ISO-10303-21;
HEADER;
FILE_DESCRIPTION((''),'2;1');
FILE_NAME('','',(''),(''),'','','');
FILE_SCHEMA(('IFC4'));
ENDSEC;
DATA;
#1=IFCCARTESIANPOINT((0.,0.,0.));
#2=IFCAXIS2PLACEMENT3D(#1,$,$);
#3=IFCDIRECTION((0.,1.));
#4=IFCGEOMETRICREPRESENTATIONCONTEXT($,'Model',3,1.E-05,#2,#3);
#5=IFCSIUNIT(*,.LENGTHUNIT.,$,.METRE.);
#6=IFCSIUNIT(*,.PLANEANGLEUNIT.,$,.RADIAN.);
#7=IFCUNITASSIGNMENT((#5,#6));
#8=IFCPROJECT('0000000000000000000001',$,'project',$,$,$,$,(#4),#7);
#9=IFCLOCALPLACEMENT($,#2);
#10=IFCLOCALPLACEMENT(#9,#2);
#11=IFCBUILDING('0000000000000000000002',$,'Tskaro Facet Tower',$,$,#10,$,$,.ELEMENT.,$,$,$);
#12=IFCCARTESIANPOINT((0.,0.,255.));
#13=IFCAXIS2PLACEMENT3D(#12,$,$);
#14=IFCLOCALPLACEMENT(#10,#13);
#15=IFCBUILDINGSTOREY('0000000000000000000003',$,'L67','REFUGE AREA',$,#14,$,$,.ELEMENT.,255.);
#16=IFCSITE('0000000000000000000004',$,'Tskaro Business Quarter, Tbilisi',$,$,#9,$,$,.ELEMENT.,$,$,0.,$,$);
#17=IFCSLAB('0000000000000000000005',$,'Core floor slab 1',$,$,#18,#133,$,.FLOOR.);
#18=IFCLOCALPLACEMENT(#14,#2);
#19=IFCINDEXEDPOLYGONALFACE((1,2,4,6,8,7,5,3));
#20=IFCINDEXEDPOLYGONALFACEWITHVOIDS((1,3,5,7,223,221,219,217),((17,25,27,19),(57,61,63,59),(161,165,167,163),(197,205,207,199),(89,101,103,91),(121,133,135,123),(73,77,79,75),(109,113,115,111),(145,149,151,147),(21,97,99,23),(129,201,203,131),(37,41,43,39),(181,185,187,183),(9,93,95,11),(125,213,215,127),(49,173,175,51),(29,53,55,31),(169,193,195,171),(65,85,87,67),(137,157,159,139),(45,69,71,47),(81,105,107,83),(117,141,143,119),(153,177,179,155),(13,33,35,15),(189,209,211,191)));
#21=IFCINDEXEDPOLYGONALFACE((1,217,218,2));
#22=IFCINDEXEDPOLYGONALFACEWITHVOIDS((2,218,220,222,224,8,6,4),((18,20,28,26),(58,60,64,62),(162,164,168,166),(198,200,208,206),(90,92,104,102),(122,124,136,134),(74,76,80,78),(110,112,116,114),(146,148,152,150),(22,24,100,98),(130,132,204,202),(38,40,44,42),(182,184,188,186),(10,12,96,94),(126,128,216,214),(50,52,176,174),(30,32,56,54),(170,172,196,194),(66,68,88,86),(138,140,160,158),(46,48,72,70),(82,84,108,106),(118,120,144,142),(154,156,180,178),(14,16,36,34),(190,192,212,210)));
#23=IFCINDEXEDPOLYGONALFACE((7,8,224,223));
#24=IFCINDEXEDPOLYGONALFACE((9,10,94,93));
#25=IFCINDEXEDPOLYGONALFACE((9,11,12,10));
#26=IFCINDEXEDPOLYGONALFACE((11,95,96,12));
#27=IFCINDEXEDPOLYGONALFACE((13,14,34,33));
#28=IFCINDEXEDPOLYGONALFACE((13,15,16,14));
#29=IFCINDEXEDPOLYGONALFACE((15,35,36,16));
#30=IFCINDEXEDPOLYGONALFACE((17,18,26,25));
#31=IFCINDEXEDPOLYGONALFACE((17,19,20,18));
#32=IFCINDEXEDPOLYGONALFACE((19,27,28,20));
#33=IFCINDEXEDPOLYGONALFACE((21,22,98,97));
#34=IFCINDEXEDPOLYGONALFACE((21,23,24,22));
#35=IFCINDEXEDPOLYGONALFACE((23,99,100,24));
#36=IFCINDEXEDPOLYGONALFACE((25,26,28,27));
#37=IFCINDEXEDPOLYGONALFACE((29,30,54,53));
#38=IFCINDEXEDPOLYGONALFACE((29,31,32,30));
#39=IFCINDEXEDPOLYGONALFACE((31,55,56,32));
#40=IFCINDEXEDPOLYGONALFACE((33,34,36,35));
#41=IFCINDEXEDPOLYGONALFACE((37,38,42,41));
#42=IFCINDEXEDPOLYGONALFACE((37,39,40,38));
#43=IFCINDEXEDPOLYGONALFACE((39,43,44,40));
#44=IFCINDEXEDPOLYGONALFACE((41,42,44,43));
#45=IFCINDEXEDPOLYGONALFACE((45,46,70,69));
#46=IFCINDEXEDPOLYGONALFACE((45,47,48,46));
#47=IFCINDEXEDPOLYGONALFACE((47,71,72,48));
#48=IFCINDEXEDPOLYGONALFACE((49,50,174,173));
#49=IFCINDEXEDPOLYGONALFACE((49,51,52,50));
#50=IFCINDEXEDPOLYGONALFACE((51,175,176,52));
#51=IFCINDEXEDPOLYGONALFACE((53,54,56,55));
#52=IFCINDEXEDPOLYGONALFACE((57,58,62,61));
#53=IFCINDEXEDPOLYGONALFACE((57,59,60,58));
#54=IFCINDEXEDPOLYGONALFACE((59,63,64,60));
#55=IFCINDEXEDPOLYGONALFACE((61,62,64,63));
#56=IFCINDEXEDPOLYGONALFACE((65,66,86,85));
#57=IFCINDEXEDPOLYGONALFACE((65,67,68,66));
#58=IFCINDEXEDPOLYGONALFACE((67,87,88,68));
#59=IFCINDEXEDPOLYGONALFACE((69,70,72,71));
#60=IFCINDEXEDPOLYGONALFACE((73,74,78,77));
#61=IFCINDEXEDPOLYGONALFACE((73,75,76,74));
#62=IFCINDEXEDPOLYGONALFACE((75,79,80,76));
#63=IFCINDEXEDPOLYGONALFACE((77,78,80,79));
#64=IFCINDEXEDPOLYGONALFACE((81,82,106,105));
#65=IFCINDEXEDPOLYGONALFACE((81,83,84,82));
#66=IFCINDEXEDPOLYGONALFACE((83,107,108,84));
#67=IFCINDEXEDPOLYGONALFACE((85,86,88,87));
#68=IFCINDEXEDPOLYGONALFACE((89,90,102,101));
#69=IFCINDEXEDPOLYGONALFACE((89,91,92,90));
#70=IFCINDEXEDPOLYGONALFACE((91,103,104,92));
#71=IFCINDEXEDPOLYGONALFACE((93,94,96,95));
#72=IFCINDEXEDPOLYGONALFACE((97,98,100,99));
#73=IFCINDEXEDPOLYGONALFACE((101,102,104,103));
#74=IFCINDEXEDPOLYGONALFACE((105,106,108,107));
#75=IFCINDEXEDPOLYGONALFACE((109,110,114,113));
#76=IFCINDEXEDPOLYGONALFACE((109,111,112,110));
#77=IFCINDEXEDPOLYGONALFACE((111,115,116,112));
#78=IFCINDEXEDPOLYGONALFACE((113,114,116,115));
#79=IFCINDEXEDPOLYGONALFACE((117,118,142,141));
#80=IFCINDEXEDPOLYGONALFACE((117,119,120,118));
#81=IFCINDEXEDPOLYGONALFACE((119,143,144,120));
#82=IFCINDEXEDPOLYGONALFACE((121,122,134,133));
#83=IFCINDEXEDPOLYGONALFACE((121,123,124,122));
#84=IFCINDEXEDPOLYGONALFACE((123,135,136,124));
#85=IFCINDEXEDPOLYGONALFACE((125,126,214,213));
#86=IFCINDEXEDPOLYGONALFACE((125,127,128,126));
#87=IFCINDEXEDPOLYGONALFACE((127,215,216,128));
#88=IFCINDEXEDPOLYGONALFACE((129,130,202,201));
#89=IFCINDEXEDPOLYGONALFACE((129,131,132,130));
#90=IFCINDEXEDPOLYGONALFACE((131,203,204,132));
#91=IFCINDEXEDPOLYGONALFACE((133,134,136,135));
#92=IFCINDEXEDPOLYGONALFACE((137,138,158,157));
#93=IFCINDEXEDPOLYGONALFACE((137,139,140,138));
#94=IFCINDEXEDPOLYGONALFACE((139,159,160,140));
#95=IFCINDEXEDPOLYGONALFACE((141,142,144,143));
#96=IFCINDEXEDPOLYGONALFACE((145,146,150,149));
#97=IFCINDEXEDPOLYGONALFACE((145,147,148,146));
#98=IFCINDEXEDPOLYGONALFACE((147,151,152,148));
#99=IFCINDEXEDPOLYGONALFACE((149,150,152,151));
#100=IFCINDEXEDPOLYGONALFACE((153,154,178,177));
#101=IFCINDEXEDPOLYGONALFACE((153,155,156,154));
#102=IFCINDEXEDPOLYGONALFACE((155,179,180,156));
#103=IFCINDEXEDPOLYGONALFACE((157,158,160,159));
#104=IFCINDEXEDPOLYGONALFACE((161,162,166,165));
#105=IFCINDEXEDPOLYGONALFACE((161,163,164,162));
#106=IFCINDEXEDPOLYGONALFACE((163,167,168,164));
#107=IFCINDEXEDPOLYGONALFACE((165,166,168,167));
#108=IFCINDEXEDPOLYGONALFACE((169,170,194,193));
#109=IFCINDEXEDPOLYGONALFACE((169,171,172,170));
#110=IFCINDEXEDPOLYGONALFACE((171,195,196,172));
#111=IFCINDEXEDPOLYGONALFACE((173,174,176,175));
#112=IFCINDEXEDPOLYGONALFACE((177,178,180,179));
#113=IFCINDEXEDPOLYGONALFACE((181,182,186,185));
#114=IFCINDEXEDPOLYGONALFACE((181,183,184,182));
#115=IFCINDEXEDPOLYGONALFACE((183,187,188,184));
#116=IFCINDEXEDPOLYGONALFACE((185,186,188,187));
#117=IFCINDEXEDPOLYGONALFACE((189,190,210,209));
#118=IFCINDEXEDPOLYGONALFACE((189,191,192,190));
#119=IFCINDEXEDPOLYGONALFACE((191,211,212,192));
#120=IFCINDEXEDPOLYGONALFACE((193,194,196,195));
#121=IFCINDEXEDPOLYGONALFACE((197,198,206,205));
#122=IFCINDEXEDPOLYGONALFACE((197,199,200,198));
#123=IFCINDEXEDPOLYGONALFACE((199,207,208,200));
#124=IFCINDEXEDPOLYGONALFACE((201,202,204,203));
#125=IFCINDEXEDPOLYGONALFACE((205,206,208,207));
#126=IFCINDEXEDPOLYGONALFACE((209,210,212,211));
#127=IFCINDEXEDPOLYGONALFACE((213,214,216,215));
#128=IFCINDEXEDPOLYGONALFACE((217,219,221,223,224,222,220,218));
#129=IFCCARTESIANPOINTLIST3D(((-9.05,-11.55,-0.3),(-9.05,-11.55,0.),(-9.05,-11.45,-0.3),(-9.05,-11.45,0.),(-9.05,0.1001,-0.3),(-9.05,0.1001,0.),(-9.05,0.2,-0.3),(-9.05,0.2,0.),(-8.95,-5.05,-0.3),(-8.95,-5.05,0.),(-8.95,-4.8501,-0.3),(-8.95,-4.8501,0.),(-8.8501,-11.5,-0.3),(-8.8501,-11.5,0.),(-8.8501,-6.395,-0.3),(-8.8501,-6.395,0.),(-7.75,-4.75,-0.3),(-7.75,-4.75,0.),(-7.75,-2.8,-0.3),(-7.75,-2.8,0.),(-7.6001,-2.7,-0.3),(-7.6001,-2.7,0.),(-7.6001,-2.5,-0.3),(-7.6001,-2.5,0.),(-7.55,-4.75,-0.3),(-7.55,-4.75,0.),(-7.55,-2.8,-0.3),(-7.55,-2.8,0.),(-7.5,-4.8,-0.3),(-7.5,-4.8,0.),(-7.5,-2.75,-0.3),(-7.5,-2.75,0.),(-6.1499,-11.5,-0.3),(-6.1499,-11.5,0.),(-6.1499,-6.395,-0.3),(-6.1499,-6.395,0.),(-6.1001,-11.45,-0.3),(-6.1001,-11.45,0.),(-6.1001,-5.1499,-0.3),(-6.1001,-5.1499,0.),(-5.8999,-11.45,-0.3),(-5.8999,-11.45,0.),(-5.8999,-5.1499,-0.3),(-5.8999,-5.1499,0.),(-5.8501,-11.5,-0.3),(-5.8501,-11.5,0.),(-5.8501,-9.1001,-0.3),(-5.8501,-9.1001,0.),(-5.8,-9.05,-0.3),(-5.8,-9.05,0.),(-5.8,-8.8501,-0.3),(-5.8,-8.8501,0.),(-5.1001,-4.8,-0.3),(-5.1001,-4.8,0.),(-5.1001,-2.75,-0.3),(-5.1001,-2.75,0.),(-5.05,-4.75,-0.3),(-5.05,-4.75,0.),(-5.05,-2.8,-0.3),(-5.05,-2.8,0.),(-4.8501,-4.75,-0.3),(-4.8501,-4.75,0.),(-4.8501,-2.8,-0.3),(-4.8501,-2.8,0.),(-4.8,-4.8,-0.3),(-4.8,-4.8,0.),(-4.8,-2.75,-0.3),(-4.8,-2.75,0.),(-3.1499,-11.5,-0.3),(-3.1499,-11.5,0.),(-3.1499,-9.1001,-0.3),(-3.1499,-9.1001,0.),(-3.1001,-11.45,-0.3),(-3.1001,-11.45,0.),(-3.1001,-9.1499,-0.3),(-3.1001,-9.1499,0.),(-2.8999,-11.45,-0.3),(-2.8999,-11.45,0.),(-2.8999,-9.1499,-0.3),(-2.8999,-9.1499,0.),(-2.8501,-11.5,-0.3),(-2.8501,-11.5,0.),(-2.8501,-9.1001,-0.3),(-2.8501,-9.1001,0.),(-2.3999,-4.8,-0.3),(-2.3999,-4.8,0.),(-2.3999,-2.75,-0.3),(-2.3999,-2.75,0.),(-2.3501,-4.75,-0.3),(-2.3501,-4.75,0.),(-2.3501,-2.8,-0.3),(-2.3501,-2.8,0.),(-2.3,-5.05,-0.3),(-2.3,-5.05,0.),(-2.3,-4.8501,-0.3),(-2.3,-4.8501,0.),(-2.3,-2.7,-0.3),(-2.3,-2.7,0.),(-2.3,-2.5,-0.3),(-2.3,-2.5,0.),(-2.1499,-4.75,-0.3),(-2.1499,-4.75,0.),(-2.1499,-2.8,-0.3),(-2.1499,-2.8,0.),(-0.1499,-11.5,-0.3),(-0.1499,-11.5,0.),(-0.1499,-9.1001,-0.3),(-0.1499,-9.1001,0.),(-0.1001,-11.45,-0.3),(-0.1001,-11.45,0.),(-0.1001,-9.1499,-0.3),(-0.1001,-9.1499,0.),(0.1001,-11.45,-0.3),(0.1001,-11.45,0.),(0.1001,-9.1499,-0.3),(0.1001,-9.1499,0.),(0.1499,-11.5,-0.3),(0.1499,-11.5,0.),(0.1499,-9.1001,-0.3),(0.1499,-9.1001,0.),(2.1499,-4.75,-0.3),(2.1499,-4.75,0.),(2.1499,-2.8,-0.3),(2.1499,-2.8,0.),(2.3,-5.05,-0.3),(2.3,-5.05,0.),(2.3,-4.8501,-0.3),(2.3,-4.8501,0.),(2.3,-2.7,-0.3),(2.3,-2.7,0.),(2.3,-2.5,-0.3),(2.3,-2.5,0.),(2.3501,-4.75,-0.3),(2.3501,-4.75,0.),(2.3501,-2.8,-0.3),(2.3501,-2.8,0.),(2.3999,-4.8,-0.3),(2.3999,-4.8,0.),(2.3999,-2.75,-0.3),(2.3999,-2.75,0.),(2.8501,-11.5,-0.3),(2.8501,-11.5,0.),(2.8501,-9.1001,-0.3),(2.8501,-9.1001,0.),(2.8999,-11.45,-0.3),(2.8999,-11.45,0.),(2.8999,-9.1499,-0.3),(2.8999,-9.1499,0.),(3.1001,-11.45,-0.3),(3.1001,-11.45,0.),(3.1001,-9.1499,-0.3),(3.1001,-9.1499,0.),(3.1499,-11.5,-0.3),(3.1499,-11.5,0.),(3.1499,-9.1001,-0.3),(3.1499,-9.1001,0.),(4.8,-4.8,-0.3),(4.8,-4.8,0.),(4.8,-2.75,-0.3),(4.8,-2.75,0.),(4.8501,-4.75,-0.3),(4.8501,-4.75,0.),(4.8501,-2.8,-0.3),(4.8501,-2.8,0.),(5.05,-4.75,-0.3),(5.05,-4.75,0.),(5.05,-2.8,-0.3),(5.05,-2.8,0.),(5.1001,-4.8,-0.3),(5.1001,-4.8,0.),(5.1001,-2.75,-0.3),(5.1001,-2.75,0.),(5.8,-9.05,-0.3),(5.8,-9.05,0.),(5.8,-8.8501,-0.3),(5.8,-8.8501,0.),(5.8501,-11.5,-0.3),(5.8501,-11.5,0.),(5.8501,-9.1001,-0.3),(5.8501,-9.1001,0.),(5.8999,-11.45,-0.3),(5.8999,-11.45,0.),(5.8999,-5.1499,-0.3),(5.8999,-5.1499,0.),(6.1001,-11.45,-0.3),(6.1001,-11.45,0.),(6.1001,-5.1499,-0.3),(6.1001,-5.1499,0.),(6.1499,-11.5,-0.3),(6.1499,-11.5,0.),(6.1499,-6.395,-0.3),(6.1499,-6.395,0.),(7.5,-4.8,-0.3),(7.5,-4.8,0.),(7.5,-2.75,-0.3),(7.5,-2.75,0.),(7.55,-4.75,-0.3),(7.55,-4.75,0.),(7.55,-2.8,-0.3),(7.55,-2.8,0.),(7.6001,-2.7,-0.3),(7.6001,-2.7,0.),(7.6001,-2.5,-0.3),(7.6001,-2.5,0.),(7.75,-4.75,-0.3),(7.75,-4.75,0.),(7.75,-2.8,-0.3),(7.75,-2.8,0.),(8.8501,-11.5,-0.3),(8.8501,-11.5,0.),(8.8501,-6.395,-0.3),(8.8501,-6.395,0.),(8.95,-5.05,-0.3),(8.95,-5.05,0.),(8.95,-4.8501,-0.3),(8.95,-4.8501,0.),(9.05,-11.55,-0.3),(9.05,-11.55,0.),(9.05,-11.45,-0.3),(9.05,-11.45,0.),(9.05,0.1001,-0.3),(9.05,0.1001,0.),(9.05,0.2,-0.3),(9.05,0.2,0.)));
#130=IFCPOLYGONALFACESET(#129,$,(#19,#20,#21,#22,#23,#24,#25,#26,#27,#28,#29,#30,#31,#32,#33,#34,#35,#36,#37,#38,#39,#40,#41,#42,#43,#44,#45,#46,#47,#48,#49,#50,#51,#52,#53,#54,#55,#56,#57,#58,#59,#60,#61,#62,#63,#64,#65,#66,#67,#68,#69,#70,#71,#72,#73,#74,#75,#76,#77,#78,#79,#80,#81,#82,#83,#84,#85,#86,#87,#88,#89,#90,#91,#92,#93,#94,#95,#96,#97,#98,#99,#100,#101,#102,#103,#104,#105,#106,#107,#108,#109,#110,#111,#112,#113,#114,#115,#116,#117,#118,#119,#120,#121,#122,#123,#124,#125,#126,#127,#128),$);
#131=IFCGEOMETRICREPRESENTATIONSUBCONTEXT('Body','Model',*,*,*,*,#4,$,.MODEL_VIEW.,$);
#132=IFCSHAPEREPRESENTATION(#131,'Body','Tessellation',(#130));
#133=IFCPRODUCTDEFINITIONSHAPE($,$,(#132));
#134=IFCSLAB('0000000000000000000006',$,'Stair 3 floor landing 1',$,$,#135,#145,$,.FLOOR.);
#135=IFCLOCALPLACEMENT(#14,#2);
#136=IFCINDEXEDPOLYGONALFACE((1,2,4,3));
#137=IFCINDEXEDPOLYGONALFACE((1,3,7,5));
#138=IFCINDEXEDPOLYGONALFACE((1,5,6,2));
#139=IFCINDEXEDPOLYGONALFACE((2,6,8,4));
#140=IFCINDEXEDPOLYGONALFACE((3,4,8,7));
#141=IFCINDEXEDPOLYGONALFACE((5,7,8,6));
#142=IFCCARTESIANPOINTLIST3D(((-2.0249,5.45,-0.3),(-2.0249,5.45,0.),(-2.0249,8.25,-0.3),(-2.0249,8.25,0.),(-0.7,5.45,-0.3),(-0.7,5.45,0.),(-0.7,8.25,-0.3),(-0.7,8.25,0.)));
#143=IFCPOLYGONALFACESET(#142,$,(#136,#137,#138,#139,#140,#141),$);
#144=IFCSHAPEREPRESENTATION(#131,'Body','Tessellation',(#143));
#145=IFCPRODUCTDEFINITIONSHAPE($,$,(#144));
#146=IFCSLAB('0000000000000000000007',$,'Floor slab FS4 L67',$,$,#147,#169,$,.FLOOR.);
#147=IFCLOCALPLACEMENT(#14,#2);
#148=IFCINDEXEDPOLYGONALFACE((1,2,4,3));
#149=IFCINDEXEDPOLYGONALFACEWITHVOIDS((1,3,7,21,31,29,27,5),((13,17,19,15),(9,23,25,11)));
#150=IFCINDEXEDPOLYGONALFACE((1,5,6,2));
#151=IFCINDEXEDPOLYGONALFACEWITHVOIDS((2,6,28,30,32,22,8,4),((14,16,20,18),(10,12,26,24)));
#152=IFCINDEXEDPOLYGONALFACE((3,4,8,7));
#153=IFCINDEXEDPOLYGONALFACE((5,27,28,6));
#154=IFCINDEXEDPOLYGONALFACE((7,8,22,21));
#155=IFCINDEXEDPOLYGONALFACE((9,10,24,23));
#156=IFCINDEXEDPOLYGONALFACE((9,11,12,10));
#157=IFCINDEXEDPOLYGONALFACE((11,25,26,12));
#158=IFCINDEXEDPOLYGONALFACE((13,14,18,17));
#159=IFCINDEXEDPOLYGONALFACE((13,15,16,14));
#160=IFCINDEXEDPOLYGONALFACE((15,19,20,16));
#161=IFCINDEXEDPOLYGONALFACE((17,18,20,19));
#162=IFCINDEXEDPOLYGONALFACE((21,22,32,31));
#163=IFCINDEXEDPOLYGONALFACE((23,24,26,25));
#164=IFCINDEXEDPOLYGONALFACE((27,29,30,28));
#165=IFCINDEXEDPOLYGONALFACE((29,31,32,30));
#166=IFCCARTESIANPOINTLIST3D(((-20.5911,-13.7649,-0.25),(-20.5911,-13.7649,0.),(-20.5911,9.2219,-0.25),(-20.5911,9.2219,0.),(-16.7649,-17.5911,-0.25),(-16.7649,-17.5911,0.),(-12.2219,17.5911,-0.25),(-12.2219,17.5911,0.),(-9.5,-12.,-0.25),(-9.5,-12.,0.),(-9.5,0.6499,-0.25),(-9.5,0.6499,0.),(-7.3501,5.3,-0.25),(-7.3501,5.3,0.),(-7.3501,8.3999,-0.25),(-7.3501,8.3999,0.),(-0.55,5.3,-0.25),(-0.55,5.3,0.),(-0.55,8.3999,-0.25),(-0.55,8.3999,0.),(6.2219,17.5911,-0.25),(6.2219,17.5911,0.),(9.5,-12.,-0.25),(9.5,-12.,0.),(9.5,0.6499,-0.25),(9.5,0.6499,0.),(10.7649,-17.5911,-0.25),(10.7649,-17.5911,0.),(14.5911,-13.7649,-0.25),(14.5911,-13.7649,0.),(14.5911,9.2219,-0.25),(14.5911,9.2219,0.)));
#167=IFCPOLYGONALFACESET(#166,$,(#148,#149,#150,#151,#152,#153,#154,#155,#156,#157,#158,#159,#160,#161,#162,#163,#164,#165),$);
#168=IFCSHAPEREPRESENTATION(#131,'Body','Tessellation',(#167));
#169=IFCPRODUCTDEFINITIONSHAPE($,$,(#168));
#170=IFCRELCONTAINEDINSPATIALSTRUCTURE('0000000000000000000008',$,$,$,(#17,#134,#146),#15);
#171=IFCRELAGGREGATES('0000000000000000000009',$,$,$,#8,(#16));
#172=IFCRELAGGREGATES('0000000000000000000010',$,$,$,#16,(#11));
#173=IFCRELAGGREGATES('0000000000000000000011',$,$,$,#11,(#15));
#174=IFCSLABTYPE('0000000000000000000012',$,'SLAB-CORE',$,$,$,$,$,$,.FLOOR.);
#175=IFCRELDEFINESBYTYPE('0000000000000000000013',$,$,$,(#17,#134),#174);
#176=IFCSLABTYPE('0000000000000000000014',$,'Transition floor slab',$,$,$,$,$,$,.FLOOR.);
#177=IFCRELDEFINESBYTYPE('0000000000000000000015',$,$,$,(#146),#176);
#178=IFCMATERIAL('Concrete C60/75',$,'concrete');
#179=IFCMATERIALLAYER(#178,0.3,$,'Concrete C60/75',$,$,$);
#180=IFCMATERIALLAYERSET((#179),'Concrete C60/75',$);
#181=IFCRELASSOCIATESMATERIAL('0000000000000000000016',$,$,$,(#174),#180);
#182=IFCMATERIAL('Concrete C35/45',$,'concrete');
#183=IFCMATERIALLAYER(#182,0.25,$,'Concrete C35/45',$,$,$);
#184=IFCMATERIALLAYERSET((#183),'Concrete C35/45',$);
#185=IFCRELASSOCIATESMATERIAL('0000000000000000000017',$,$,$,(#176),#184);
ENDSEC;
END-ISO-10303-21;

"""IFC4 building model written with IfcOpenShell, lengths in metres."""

from ifc_helpers import new_model, si_unit, direction, frame, origin, place, context, subcontext, project, spatial, polyline, outline, extrude, material, layer, layer_set, type_object, element, save


model = new_model("IFC4")

# Units and contexts
model_context = context("Model", 3, precision=1e-05, world=origin(), true_north=direction((0.0, 1.0)))
body_context = subcontext(model_context, "Body", "Model", "MODEL_VIEW")
ifc_project = project(units=[si_unit("LENGTHUNIT", "METRE"), si_unit("PLANEANGLEUNIT", "RADIAN")], contexts=[model_context])

# Site, building, storey
site_placement = place(None, origin())
site = spatial("IfcSite", under=ifc_project, at=site_placement, Name="Tskaro Business Quarter, Tbilisi", CompositionType="ELEMENT", RefElevation=0.0)
building_placement = place(site_placement, origin())
building = spatial("IfcBuilding", under=site, at=building_placement, Name="Tskaro Facet Tower", CompositionType="ELEMENT")
storey_placement = place(building_placement, frame((0.0, 0.0, 255.0)))
storey = spatial("IfcBuildingStorey", under=building, at=storey_placement, Name="L67", Description="REFUGE AREA", CompositionType="ELEMENT", Elevation=255.0)

# Slabs
ifc_material_1 = material(Name="Concrete C60/75", Category="concrete")
ifc_layer_1 = layer(ifc_material_1, 0.3, Name="Concrete C60/75")
ifc_layer_set_1 = layer_set([ifc_layer_1], Name="Concrete C60/75")
slab_type_1 = type_object("IfcSlabType", Name="SLAB-CORE", PredefinedType="FLOOR", material=ifc_layer_set_1)
slab_1_placement = place(storey_placement, frame((0.0, 0.0, -0.3)))
element("IfcSlab", 1, at=slab_1_placement, inside=storey, type_object=slab_type_1, Name="Core floor slab 1", PredefinedType="FLOOR", context=body_context, shape_type="SweptSolid", body=[
    extrude(outline(polyline([(-9.05, 0.2), (9.05, 0.2), (9.05, 0.1001), (9.05, -11.45), (9.05, -11.55), (-9.05, -11.55), (-9.05, -11.45), (-9.05, 0.1001), (-9.05, 0.2)]), holes=[polyline([(-5.8501, -9.1001), (-5.8501, -11.5), (-3.1499, -11.5), (-3.1499, -9.1001), (-5.8501, -9.1001)]), polyline([(-3.1001, -11.45), (-2.8999, -11.45), (-2.8999, -9.1499), (-3.1001, -9.1499), (-3.1001, -11.45)]), polyline([(-2.8501, -9.1001), (-2.8501, -11.5), (-0.1499, -11.5), (-0.1499, -9.1001), (-2.8501, -9.1001)]), polyline([(-6.1001, -11.45), (-5.8999, -11.45), (-5.8999, -5.1499), (-6.1001, -5.1499), (-6.1001, -11.45)]), polyline([(-8.95, -5.05), (-2.3, -5.05), (-2.3, -4.8501), (-8.95, -4.8501), (-8.95, -5.05)]), polyline([(-7.75, -4.75), (-7.55, -4.75), (-7.55, -2.8), (-7.75, -2.8), (-7.75, -4.75)]), polyline([(-5.1001, -4.8), (-5.1001, -2.75), (-7.5, -2.75), (-7.5, -4.8), (-5.1001, -4.8)]), polyline([(-5.05, -4.75), (-4.8501, -4.75), (-4.8501, -2.8), (-5.05, -2.8), (-5.05, -4.75)]), polyline([(-2.3999, -4.8), (-2.3999, -2.75), (-4.8, -2.75), (-4.8, -4.8), (-2.3999, -4.8)]), polyline([(-2.3501, -4.75), (-2.1499, -4.75), (-2.1499, -2.8), (-2.3501, -2.8), (-2.3501, -4.75)]), polyline([(-7.6001, -2.7), (-2.3, -2.7), (-2.3, -2.5), (-7.6001, -2.5), (-7.6001, -2.7)]), polyline([(-0.1001, -11.45), (0.1001, -11.45), (0.1001, -9.1499), (-0.1001, -9.1499), (-0.1001, -11.45)]), polyline([(0.1499, -9.1001), (0.1499, -11.5), (2.8501, -11.5), (2.8501, -9.1001), (0.1499, -9.1001)]), polyline([(2.8999, -11.45), (3.1001, -11.45), (3.1001, -9.1499), (2.8999, -9.1499), (2.8999, -11.45)]), polyline([(3.1499, -9.1001), (3.1499, -11.5), (5.8501, -11.5), (5.8501, -9.1001), (3.1499, -9.1001)]), polyline([(-5.8, -9.05), (5.8, -9.05), (5.8, -8.8501), (-5.8, -8.8501), (-5.8, -9.05)]), polyline([(5.8999, -11.45), (6.1001, -11.45), (6.1001, -5.1499), (5.8999, -5.1499), (5.8999, -11.45)]), polyline([(2.3, -5.05), (8.95, -5.05), (8.95, -4.8501), (2.3, -4.8501), (2.3, -5.05)]), polyline([(2.1499, -4.75), (2.3501, -4.75), (2.3501, -2.8), (2.1499, -2.8), (2.1499, -4.75)]), polyline([(2.3999, -2.75), (2.3999, -4.8), (4.8, -4.8), (4.8, -2.75), (2.3999, -2.75)]), polyline([(4.8501, -4.75), (5.05, -4.75), (5.05, -2.8), (4.8501, -2.8), (4.8501, -4.75)]), polyline([(7.5, -2.75), (5.1001, -2.75), (5.1001, -4.8), (7.5, -4.8), (7.5, -2.75)]), polyline([(7.55, -4.75), (7.75, -4.75), (7.75, -2.8), (7.55, -2.8), (7.55, -4.75)]), polyline([(2.3, -2.7), (7.6001, -2.7), (7.6001, -2.5), (2.3, -2.5), (2.3, -2.7)]), polyline([(-8.8501, -11.5), (-6.1499, -11.5), (-6.1499, -6.395), (-8.8501, -6.395), (-8.8501, -11.5)]), polyline([(6.1499, -6.395), (6.1499, -11.5), (8.8501, -11.5), (8.8501, -6.395), (6.1499, -6.395)])]), origin(), (0.0, 0.0, 1.0), 0.3),
])
slab_2_placement = place(storey_placement, frame((0.0, 0.0, -0.3)))
element("IfcSlab", 2, at=slab_2_placement, inside=storey, type_object=slab_type_1, Name="Stair 3 floor landing 1", PredefinedType="FLOOR", context=body_context, shape_type="SweptSolid", body=[
    extrude(outline(polyline([(-2.0249, 5.45), (-0.7, 5.45), (-0.7, 8.25), (-2.0249, 8.25), (-2.0249, 5.45)])), origin(), (0.0, 0.0, 1.0), 0.3),
])
ifc_material_2 = material(Name="Concrete C35/45", Category="concrete")
ifc_layer_2 = layer(ifc_material_2, 0.25, Name="Concrete C35/45")
ifc_layer_set_2 = layer_set([ifc_layer_2], Name="Concrete C35/45")
slab_type_2 = type_object("IfcSlabType", Name="Transition floor slab", PredefinedType="FLOOR", material=ifc_layer_set_2)
slab_3_placement = place(storey_placement, frame((0.0, 0.0, -0.25)))
element("IfcSlab", 3, at=slab_3_placement, inside=storey, type_object=slab_type_2, Name="Floor slab FS4 L67", PredefinedType="FLOOR", context=body_context, shape_type="SweptSolid", body=[
    extrude(outline(polyline([(-16.7649, -17.5911), (10.7649, -17.5911), (14.5911, -13.7649), (14.5911, 9.2219), (6.2219, 17.5911), (-12.2219, 17.5911), (-20.5911, 9.2219), (-20.5911, -13.7649), (-16.7649, -17.5911)]), holes=[polyline([(-9.5, -12.0), (9.5, -12.0), (9.5, 0.6499), (-9.5, 0.6499), (-9.5, -12.0)]), polyline([(-7.3501, 5.3), (-0.55, 5.3), (-0.55, 8.3999), (-7.3501, 8.3999), (-7.3501, 5.3)])]), origin(), (0.0, 0.0, 1.0), 0.25),
])

save(model, "model.ifc")
